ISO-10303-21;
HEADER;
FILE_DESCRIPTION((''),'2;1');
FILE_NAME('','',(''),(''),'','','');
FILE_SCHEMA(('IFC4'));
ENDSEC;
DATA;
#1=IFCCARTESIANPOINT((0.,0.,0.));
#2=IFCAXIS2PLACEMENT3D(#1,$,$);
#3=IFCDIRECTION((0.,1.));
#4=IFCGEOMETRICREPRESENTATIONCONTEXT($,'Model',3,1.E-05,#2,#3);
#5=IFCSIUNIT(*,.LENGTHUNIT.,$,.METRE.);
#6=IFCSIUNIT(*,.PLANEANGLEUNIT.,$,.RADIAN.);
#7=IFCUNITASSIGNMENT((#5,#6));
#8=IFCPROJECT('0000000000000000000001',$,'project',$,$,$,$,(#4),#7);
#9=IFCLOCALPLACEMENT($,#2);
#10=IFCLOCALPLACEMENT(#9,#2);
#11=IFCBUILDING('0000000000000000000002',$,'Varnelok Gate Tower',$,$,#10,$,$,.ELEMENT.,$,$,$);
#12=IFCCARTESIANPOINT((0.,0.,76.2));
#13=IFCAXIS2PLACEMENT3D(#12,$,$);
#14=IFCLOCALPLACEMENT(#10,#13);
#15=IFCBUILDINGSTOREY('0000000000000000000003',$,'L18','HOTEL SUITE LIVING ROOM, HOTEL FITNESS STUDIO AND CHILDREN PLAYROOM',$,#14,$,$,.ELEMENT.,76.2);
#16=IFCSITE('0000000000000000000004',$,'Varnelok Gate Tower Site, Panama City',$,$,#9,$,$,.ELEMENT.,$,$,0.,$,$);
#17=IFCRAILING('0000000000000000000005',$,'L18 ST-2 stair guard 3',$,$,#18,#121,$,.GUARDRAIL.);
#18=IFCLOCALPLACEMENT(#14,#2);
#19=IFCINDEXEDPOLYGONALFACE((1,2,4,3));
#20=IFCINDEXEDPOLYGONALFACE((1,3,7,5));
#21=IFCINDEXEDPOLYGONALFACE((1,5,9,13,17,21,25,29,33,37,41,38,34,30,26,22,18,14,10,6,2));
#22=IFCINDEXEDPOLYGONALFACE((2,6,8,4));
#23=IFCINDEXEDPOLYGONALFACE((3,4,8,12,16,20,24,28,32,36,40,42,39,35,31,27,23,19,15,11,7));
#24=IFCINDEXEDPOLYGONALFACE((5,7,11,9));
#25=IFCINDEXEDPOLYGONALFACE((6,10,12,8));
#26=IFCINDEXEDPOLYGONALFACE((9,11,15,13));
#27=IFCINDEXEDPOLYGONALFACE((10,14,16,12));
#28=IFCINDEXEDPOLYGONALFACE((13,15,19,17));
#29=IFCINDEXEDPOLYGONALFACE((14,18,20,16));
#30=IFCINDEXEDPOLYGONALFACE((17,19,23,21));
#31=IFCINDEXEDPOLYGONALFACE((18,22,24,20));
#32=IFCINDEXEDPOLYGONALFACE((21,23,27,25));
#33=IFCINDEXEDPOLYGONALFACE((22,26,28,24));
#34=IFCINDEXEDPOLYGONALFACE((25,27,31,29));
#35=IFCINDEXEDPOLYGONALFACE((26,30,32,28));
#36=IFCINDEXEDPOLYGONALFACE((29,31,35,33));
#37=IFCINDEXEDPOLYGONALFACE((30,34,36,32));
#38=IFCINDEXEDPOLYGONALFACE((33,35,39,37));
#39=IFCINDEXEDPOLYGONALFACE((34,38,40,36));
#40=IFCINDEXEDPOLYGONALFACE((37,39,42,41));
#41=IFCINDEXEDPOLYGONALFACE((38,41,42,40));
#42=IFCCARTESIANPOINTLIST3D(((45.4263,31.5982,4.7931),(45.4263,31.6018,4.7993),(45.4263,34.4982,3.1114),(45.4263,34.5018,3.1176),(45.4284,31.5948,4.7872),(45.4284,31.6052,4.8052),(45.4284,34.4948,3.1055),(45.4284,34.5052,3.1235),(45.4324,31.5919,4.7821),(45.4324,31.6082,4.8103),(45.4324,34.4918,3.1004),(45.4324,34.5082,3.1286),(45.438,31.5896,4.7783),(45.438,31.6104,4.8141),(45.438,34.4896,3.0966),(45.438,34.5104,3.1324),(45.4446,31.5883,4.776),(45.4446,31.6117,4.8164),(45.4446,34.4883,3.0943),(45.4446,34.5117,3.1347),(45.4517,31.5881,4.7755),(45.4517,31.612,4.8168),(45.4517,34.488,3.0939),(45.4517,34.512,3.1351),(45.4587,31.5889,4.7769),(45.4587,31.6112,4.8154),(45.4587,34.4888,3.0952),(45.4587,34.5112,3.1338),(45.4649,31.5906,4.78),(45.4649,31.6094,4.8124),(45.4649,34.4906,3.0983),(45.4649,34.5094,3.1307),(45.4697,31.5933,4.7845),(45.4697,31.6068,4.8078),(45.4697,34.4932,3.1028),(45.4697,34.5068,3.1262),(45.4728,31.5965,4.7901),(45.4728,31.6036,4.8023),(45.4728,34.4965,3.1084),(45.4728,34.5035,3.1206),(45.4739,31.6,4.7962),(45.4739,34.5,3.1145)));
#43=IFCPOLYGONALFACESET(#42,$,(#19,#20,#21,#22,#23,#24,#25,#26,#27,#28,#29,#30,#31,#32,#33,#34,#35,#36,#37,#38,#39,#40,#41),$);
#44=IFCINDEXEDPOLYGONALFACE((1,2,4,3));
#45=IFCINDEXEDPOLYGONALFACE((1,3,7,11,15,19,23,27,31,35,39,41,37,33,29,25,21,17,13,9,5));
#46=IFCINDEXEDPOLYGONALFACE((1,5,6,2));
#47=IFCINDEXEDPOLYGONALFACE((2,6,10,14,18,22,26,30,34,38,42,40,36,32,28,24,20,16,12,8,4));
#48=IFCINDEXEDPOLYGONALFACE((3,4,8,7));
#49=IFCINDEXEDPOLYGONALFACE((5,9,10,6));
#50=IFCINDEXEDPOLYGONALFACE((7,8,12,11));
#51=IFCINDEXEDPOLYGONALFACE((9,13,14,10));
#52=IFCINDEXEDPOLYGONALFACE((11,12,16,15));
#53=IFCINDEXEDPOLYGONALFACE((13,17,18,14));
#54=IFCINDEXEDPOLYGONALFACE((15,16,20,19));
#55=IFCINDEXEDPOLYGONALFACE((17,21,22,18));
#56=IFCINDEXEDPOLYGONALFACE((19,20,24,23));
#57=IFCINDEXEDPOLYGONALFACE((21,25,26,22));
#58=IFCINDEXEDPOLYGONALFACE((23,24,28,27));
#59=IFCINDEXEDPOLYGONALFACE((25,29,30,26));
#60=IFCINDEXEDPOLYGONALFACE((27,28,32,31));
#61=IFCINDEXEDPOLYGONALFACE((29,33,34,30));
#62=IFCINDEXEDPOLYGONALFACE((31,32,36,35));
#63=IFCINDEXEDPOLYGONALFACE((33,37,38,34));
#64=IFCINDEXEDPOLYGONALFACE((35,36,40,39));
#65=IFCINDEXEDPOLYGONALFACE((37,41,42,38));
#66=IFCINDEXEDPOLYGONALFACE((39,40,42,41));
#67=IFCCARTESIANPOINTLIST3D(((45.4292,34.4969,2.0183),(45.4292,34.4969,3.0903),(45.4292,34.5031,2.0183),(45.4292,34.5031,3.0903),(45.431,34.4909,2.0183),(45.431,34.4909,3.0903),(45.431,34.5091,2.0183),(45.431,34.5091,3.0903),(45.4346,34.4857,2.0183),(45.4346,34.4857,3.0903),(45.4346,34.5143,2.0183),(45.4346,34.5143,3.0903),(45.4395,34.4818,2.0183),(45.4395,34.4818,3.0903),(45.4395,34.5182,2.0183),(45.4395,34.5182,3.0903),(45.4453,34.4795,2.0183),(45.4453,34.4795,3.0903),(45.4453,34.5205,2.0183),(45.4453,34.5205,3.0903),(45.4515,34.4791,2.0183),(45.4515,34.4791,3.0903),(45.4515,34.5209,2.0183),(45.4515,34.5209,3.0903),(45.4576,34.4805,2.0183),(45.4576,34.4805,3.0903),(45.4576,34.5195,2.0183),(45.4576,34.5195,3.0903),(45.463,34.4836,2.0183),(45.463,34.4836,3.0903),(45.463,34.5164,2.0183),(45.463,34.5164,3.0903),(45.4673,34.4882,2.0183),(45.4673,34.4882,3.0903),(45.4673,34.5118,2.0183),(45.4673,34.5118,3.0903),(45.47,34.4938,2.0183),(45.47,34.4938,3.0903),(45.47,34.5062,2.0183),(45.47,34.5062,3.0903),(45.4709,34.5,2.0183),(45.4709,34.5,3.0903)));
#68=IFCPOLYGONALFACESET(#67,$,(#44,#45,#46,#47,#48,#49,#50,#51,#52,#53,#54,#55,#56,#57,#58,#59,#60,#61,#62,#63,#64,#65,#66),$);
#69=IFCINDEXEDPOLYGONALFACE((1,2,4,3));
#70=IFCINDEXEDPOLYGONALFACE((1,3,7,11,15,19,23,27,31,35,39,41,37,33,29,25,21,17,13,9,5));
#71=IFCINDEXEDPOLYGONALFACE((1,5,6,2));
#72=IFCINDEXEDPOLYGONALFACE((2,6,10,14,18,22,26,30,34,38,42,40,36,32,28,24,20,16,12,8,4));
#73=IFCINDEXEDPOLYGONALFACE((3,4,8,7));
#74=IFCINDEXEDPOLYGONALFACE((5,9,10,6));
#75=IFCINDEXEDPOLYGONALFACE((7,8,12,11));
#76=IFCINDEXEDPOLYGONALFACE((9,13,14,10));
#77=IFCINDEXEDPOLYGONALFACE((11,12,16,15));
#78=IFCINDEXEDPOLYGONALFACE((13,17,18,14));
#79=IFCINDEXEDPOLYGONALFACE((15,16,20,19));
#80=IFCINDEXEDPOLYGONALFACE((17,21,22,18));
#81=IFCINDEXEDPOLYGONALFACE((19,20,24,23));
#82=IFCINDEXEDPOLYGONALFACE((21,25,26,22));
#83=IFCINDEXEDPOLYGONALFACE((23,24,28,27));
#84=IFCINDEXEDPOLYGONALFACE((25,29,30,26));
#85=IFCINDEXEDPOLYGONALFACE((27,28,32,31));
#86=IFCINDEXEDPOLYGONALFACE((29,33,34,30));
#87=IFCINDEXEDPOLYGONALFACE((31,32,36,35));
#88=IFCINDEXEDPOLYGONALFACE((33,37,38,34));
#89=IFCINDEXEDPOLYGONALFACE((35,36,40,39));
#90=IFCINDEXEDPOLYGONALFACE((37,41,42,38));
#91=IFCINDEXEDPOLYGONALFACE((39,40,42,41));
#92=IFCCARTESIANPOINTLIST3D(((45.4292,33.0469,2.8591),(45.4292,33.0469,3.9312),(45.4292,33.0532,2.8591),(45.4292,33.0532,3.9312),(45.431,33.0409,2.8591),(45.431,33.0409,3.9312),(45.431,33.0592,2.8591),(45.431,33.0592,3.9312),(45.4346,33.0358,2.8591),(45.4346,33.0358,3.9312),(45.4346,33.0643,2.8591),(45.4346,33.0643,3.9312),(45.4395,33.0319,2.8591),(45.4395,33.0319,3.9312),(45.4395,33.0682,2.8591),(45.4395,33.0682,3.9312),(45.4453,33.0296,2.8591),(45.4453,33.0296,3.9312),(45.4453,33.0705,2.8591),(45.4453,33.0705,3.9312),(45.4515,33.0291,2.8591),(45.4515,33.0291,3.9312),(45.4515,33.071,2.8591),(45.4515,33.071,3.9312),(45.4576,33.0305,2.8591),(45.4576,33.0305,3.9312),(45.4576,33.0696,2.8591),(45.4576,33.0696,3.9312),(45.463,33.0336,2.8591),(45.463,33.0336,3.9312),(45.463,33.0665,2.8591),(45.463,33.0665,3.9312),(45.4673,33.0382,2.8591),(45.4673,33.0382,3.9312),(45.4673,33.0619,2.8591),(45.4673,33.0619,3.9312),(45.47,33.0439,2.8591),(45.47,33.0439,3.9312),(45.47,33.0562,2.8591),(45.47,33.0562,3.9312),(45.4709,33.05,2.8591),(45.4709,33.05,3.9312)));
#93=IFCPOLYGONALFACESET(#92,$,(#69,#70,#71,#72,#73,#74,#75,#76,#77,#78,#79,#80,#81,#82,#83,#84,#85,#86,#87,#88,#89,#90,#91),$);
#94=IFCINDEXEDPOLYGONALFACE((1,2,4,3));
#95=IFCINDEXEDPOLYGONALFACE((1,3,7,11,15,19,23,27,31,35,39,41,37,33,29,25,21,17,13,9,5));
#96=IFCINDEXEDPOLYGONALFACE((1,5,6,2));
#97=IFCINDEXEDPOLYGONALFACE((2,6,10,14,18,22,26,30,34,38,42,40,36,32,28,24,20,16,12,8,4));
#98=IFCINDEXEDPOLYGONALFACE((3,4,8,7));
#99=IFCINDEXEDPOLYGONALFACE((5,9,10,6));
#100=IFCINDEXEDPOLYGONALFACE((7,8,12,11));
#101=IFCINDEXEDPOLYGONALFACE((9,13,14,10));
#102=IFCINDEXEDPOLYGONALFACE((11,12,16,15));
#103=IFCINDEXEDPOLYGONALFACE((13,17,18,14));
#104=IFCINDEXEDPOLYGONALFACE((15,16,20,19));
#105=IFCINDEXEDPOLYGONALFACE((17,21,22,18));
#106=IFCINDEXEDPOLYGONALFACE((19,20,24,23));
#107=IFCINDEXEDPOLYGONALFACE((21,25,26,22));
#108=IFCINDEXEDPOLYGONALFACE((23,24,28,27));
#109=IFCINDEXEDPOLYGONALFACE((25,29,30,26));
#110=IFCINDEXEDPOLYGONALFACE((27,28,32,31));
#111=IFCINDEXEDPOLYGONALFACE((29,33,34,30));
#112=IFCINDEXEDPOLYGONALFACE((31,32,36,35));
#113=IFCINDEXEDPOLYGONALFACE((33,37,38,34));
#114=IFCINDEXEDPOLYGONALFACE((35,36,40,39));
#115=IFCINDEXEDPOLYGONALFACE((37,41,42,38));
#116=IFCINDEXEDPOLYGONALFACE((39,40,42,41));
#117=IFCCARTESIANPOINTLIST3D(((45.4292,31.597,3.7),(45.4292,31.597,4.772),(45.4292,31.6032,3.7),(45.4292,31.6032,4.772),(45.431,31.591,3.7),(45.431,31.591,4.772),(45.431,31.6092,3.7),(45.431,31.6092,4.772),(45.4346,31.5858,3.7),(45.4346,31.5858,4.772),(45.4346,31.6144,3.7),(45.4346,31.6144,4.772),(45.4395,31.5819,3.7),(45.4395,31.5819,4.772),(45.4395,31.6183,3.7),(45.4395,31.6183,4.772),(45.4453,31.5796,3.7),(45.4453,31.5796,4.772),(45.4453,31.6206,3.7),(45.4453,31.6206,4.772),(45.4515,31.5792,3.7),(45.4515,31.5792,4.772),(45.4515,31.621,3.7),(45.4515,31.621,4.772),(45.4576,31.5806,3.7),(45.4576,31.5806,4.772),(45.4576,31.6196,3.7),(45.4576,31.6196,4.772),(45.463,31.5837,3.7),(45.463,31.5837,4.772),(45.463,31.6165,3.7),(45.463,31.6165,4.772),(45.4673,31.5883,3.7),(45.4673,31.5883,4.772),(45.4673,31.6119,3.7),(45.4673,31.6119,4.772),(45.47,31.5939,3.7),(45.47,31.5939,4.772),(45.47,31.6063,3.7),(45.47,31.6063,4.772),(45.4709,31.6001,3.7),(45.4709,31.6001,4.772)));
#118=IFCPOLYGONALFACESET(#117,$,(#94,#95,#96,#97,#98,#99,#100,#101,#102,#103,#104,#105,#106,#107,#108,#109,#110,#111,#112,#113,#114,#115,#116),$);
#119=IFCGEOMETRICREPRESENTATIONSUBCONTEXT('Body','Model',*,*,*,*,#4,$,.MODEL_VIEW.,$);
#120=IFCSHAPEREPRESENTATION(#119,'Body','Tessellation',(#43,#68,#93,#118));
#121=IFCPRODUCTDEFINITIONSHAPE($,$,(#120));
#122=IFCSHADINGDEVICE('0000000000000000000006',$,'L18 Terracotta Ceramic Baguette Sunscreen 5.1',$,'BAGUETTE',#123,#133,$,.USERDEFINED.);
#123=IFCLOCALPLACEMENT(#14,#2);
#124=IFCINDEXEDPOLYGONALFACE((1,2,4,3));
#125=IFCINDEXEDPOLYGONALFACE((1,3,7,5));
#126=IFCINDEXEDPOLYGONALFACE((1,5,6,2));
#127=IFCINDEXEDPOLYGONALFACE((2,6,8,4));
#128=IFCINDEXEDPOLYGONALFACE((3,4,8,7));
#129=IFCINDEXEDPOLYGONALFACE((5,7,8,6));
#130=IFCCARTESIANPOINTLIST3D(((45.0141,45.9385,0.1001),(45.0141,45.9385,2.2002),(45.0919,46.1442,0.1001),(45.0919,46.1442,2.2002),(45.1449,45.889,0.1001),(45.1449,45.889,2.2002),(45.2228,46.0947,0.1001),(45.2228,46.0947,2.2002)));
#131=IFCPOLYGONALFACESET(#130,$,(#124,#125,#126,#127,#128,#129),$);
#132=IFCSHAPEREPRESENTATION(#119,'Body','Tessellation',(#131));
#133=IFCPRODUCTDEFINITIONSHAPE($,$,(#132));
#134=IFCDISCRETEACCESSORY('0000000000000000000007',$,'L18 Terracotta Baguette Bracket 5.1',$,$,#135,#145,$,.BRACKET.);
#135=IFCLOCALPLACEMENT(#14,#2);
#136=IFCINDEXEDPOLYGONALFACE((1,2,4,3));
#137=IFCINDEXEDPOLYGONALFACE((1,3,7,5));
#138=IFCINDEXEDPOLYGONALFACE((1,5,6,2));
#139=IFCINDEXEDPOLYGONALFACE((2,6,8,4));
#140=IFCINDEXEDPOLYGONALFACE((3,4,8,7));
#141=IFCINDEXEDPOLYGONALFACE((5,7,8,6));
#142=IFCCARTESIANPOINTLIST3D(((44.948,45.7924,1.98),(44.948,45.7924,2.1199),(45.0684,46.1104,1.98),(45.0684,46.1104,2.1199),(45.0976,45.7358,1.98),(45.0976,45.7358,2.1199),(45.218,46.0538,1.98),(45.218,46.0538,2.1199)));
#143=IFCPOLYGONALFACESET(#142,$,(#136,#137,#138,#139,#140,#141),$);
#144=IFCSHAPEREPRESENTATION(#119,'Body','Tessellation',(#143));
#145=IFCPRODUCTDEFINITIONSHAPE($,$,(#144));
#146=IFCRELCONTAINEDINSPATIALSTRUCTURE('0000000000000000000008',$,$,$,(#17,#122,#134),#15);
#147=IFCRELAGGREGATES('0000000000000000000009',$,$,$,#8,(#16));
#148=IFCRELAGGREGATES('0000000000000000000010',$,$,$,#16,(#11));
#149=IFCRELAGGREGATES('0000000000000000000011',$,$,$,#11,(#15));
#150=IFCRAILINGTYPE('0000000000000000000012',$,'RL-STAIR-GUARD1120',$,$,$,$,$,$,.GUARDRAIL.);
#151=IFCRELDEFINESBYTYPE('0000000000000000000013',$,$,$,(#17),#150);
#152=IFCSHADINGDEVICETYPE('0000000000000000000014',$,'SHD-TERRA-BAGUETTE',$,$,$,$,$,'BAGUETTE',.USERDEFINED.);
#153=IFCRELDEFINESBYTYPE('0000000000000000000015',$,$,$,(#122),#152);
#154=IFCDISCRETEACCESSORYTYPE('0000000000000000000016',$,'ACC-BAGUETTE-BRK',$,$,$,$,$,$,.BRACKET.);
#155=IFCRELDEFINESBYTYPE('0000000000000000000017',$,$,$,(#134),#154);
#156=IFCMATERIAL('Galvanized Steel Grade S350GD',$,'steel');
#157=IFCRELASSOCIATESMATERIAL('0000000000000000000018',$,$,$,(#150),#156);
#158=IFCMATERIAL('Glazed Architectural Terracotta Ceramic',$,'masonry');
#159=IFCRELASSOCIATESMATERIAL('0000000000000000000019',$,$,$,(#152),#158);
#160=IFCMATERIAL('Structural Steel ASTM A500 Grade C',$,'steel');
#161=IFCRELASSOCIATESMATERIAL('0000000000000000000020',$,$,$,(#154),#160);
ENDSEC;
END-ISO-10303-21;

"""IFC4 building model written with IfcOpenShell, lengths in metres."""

from ifc_helpers import new_model, si_unit, direction, frame, origin, origin_2d, place, context, subcontext, project, spatial, rectangle, circle, extrude, source, transform, mapped, material, type_object, element, save


model = new_model("IFC4")

# Units and contexts
model_context = context("Model", 3, precision=1e-05, world=origin(), true_north=direction((0.0, 1.0)))
body_context = subcontext(model_context, "Body", "Model", "MODEL_VIEW")
ifc_project = project(units=[si_unit("LENGTHUNIT", "METRE"), si_unit("PLANEANGLEUNIT", "RADIAN")], contexts=[model_context])

# Site, building, storey
site_placement = place(None, origin())
site = spatial("IfcSite", under=ifc_project, at=site_placement, Name="Varnelok Gate Tower Site, Panama City", CompositionType="ELEMENT", RefElevation=0.0)
building_placement = place(site_placement, origin())
building = spatial("IfcBuilding", under=site, at=building_placement, Name="Varnelok Gate Tower", CompositionType="ELEMENT")
storey_placement = place(building_placement, frame((0.0, 0.0, 76.2)))
storey = spatial("IfcBuildingStorey", under=building, at=storey_placement, Name="L18", Description="HOTEL SUITE LIVING ROOM, HOTEL FITNESS STUDIO AND CHILDREN PLAYROOM", CompositionType="ELEMENT", Elevation=76.2)

# Shared definitions
ifc_material_1 = material(Name="Galvanized Steel Grade S350GD", Category="steel")

# Railing
railing_type_1 = type_object("IfcRailingType", Name="RL-STAIR-GUARD1120", PredefinedType="GUARDRAIL", material=ifc_material_1)
railing_1_placement = place(storey_placement, frame((45.45, 34.5, 2.0183)))
element("IfcRailing", 1, at=railing_1_placement, inside=storey, type_object=railing_type_1, Name="L18 ST-2 stair guard 3", PredefinedType="GUARDRAIL", context=body_context, shape_type="SweptSolid", body=[
    extrude(circle(Radius=0.0239, at=origin_2d()), frame((0.0, 0.0, 1.0962), z_axis=(0.0, -0.86507, 0.501651), x_axis=(1.0, 0.0, 0.0)), (0.0, 0.0, 1.0), 3.3523),
    extrude(circle(Radius=0.021, at=origin_2d()), origin(), (0.0, 0.0, 1.0), 1.072),
    extrude(circle(Radius=0.021, at=origin_2d()), frame((0.0, -1.45, 0.8408)), (0.0, 0.0, 1.0), 1.072),
    extrude(circle(Radius=0.021, at=origin_2d()), frame((0.0, -2.8999, 1.6816)), (0.0, 0.0, 1.0), 1.072),
])

# Shading device
ifc_material_2 = material(Name="Glazed Architectural Terracotta Ceramic", Category="masonry")
shading_device_type = type_object("IfcShadingDeviceType", Name="SHD-TERRA-BAGUETTE", ElementType="BAGUETTE", PredefinedType="USERDEFINED", material=ifc_material_2)
shared_shape_1 = source(origin(), body_context, "Body", "SweptSolid", [
    extrude(rectangle(XDim=0.1399, YDim=0.22, at=origin_2d()), origin(), (0.0, 0.0, 1.0), 2.1001),
])
shading_device_placement = place(storey_placement, frame((45.1184, 46.0166, 0.1001), z_axis=(0.0, 0.0, 1.0), x_axis=(0.935222, -0.354063, 0.0)))
element("IfcShadingDevice", 2, at=shading_device_placement, inside=storey, type_object=shading_device_type, Name="L18 Terracotta Ceramic Baguette Sunscreen 5.1", ObjectType="BAGUETTE", PredefinedType="USERDEFINED", context=body_context, shape_type="MappedRepresentation", body=[
    mapped(shared_shape_1, transform((0.0, 0.0, 0.0), scale=1.0)),
])

# Discrete accessory
ifc_material_3 = material(Name="Structural Steel ASTM A500 Grade C", Category="steel")
discrete_accessory_type = type_object("IfcDiscreteAccessoryType", Name="ACC-BAGUETTE-BRK", PredefinedType="BRACKET", material=ifc_material_3)
shared_shape_2 = source(origin(), body_context, "Body", "SweptSolid", [
    extrude(rectangle(XDim=0.1599, YDim=0.3401, at=origin_2d()), origin(), (0.0, 0.0, 1.0), 0.1399),
])
discrete_accessory_placement = place(storey_placement, frame((45.083, 45.9231, 1.98), z_axis=(0.0, 0.0, 1.0), x_axis=(0.935222, -0.354063, 0.0)))
element("IfcDiscreteAccessory", 3, at=discrete_accessory_placement, inside=storey, type_object=discrete_accessory_type, Name="L18 Terracotta Baguette Bracket 5.1", PredefinedType="BRACKET", context=body_context, shape_type="MappedRepresentation", body=[
    mapped(shared_shape_2, transform((0.0, 0.0, 0.0), scale=1.0)),
])

save(model, "model.ifc")
